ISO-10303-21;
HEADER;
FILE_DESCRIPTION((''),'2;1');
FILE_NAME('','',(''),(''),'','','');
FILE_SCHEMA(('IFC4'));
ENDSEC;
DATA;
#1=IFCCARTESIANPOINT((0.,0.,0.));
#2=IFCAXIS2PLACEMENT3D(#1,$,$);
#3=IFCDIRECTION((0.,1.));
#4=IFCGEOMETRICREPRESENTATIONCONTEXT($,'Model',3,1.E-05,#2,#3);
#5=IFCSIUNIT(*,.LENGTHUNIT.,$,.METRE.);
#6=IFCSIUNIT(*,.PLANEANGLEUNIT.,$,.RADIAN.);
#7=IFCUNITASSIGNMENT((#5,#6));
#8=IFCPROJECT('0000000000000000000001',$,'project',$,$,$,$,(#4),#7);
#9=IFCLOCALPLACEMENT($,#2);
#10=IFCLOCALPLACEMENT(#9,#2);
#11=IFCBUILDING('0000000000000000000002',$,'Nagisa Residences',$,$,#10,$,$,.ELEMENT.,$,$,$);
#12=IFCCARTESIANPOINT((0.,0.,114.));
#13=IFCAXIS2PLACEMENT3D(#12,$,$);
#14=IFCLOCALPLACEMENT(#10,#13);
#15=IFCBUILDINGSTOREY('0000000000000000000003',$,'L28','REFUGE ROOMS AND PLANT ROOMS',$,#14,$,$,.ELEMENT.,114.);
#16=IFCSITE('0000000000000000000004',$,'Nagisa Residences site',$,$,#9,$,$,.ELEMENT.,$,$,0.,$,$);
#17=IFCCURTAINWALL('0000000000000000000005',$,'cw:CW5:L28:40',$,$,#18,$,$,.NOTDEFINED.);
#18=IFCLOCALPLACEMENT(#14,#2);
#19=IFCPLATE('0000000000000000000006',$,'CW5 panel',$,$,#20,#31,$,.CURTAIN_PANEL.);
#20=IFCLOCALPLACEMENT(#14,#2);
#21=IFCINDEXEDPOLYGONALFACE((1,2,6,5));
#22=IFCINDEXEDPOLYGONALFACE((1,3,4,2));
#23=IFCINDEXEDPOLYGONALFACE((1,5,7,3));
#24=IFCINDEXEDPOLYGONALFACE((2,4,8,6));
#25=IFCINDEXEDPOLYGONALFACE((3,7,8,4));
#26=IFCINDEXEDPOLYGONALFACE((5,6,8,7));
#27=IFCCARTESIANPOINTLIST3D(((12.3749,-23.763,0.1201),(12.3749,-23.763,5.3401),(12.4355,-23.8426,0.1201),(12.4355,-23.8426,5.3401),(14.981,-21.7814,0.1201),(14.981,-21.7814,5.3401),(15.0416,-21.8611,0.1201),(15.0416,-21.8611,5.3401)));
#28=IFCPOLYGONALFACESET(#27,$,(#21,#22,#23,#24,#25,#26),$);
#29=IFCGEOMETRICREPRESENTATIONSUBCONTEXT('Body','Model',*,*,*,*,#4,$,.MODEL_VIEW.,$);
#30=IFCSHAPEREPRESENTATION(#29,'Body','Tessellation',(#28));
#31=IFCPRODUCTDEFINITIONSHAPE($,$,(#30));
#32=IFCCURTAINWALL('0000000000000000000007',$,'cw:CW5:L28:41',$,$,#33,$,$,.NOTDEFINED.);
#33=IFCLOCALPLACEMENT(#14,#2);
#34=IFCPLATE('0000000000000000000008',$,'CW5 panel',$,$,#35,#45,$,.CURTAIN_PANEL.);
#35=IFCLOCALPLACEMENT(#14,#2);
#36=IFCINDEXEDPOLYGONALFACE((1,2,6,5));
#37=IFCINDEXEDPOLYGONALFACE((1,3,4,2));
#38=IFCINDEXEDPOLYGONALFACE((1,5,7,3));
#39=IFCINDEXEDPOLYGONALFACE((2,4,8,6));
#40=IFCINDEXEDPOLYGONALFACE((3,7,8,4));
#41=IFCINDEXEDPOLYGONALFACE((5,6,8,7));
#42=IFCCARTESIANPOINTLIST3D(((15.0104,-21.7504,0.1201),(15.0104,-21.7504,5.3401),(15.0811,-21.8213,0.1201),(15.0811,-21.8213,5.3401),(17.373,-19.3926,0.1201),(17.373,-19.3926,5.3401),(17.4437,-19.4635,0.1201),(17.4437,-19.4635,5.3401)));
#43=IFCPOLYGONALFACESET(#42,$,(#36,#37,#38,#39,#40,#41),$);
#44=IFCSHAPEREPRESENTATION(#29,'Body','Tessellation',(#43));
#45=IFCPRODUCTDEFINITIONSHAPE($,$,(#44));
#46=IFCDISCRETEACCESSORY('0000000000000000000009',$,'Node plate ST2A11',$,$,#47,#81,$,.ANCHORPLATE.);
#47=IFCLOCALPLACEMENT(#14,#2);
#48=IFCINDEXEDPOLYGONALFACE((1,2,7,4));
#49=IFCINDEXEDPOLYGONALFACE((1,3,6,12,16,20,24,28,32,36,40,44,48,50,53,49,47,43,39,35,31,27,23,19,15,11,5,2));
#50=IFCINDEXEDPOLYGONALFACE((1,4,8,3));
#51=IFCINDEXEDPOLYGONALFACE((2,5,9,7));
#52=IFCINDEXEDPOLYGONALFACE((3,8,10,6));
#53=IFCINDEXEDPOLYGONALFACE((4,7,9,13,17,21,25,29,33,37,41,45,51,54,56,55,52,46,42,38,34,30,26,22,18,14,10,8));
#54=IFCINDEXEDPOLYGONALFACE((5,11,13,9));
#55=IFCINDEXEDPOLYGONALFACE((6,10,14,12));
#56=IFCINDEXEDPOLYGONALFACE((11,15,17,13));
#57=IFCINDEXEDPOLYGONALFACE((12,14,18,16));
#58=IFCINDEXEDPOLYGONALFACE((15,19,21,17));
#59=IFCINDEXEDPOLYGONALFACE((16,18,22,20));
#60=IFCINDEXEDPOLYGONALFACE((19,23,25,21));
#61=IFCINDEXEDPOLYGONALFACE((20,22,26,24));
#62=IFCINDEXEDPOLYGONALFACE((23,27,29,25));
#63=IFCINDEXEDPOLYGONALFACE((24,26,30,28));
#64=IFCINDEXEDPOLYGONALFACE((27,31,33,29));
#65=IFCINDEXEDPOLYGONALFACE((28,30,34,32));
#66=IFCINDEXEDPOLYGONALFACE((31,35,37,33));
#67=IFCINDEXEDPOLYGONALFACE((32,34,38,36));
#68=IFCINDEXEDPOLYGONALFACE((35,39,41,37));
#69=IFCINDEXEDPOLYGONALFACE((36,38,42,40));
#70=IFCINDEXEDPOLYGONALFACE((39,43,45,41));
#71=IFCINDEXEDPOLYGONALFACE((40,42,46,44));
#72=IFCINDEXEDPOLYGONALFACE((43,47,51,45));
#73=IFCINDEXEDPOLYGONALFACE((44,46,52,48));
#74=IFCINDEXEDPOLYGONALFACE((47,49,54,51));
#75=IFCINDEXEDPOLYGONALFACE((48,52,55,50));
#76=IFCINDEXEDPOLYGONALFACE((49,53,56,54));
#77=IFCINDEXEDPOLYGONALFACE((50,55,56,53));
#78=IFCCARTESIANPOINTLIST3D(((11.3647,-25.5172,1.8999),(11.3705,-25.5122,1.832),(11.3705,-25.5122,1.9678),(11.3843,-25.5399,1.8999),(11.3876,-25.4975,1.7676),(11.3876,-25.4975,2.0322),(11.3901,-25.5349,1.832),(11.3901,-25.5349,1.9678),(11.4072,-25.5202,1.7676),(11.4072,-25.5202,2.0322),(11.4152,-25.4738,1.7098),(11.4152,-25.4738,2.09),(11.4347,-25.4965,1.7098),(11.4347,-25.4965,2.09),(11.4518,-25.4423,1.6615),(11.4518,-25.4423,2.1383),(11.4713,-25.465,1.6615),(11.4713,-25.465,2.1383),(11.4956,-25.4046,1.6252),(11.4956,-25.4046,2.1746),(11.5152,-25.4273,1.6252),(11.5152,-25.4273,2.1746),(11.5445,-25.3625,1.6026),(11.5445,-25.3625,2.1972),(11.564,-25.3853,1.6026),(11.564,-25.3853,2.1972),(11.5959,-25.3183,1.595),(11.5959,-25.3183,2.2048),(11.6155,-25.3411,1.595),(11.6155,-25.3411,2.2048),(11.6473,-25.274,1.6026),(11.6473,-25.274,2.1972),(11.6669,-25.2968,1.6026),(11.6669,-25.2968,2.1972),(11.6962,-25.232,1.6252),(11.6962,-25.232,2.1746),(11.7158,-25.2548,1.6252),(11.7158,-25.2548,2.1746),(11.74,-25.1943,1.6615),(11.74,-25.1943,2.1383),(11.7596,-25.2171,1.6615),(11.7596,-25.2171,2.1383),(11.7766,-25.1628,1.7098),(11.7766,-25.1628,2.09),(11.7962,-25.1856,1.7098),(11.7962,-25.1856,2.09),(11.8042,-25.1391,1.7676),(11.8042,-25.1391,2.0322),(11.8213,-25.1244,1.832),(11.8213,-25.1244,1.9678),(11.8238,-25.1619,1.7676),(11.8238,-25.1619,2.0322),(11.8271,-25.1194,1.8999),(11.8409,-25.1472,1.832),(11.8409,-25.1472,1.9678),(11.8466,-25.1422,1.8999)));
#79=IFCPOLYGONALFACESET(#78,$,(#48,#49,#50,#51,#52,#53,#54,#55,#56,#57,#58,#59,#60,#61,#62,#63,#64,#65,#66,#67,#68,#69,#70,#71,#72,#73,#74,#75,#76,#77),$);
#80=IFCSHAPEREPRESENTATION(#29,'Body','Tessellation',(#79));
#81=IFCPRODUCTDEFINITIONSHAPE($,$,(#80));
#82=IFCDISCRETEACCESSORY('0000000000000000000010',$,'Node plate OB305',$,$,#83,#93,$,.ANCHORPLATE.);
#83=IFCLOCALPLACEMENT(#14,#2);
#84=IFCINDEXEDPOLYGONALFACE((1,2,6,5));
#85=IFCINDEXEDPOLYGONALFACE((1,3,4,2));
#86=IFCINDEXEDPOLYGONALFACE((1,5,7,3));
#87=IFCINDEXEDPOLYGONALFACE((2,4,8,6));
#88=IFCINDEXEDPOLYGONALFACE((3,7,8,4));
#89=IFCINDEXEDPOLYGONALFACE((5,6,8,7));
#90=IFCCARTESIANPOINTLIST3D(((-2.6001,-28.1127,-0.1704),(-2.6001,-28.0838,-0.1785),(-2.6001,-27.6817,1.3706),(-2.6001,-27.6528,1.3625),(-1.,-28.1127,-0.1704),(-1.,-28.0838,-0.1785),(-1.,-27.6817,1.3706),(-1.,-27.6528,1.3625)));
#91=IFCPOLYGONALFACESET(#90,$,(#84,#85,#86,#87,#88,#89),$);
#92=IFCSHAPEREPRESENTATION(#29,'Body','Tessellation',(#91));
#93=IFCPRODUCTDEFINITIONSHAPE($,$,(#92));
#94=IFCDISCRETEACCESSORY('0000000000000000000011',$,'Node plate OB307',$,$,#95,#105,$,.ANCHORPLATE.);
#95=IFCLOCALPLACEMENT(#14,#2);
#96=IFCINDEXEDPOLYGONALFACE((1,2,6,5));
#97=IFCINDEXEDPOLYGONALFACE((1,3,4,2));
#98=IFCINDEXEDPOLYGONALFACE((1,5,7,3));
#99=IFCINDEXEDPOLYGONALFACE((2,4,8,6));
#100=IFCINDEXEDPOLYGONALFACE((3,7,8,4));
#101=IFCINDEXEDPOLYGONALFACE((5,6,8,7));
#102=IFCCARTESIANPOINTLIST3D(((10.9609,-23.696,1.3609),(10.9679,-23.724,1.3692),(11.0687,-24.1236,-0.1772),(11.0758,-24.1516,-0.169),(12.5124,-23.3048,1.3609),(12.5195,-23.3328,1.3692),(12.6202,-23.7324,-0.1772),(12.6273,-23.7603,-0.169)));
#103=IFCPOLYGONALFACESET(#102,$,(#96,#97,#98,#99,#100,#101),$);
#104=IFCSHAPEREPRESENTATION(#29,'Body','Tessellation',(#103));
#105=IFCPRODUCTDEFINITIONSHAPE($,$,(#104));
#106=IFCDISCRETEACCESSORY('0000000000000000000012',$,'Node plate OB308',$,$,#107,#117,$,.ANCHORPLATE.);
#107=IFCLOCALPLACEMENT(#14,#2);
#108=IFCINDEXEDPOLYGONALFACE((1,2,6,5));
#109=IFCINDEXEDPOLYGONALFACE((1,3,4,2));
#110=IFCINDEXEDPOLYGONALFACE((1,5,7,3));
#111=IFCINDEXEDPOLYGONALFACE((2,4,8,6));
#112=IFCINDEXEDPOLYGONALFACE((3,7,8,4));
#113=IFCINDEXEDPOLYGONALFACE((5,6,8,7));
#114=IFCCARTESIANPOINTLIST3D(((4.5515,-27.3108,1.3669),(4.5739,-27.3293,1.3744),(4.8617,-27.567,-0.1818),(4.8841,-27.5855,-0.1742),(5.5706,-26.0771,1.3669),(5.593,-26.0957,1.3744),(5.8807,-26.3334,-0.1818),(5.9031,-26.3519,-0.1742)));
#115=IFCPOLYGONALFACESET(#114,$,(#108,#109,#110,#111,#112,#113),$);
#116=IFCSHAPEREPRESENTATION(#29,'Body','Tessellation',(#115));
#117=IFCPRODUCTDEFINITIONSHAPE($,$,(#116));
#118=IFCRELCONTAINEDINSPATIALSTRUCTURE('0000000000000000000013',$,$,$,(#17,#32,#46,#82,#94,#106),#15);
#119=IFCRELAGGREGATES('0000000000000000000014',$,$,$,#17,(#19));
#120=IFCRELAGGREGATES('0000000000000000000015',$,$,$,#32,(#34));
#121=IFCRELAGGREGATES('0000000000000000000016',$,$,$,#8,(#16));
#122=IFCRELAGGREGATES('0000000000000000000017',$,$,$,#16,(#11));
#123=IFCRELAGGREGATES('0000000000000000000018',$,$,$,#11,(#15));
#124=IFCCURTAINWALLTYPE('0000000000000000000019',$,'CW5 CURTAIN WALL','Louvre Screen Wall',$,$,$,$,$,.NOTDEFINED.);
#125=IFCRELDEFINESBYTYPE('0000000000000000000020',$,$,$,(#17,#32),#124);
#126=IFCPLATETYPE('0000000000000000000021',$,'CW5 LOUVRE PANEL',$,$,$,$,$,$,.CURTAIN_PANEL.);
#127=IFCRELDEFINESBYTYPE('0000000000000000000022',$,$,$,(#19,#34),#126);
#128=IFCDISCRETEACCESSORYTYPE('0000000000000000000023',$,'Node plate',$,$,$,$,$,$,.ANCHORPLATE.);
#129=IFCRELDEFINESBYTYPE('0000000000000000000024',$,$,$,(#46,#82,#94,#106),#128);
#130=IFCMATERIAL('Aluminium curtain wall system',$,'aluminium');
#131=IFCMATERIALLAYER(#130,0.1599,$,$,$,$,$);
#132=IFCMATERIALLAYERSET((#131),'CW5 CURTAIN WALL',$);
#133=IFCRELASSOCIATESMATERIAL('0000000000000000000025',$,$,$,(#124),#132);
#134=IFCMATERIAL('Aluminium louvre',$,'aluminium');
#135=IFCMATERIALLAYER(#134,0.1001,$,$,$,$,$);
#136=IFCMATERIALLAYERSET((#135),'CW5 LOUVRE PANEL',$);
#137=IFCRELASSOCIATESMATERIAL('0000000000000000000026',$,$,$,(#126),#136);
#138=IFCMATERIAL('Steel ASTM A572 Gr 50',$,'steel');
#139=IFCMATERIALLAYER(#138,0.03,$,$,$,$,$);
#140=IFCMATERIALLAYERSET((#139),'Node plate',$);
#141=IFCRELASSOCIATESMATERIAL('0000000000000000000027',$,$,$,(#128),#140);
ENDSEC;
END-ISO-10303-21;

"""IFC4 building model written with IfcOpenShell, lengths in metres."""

from ifc_helpers import new_model, si_unit, direction, frame, origin, origin_2d, place, context, subcontext, project, spatial, rectangle, circle, extrude, material, layer, layer_set, type_object, element, aggregate, save


model = new_model("IFC4")

# Units and contexts
model_context = context("Model", 3, precision=1e-05, world=origin(), true_north=direction((0.0, 1.0)))
body_context = subcontext(model_context, "Body", "Model", "MODEL_VIEW")
ifc_project = project(units=[si_unit("LENGTHUNIT", "METRE"), si_unit("PLANEANGLEUNIT", "RADIAN")], contexts=[model_context])

# Site, building, storey
site_placement = place(None, origin())
site = spatial("IfcSite", under=ifc_project, at=site_placement, Name="Nagisa Residences site", CompositionType="ELEMENT", RefElevation=0.0)
building_placement = place(site_placement, origin())
building = spatial("IfcBuilding", under=site, at=building_placement, Name="Nagisa Residences", CompositionType="ELEMENT")
storey_placement = place(building_placement, frame((0.0, 0.0, 114.0)))
storey = spatial("IfcBuildingStorey", under=building, at=storey_placement, Name="L28", Description="REFUGE ROOMS AND PLANT ROOMS", CompositionType="ELEMENT", Elevation=114.0)

# Curtain walls, plates
ifc_material_1 = material(Name="Aluminium curtain wall system", Category="aluminium")
ifc_layer_1 = layer(ifc_material_1, 0.1599)
ifc_layer_set_1 = layer_set([ifc_layer_1], Name="CW5 CURTAIN WALL")
curtain_wall_type = type_object("IfcCurtainWallType", Name="CW5 CURTAIN WALL", Description="Louvre Screen Wall", PredefinedType="NOTDEFINED", material=ifc_layer_set_1)
ifc_material_2 = material(Name="Aluminium louvre", Category="aluminium")
ifc_layer_2 = layer(ifc_material_2, 0.1001)
ifc_layer_set_2 = layer_set([ifc_layer_2], Name="CW5 LOUVRE PANEL")
plate_type = type_object("IfcPlateType", Name="CW5 LOUVRE PANEL", PredefinedType="CURTAIN_PANEL", material=ifc_layer_set_2)
curtain_wall_1_placement = place(storey_placement, origin())
curtain_wall_1 = element("IfcCurtainWall", 1, at=curtain_wall_1_placement, inside=storey, type_object=curtain_wall_type, Name="cw:CW5:L28:40", PredefinedType="NOTDEFINED")
plate_1_placement = place(storey_placement, frame((13.7083, -22.812, 0.1201), z_axis=(0.0, 0.0, 1.0), x_axis=(0.796031, 0.605255, 0.0)))
plate_1 = element("IfcPlate", 2, at=plate_1_placement, type_object=plate_type, Name="CW5 panel", PredefinedType="CURTAIN_PANEL", context=body_context, shape_type="SweptSolid", body=[
    extrude(rectangle(XDim=3.2739, YDim=0.1001, at=origin_2d()), origin(), (0.0, 0.0, 1.0), 5.22),
])
aggregate(curtain_wall_1, [plate_1])
curtain_wall_2_placement = place(storey_placement, origin())
curtain_wall_2 = element("IfcCurtainWall", 3, at=curtain_wall_2_placement, inside=storey, type_object=curtain_wall_type, Name="cw:CW5:L28:41", PredefinedType="NOTDEFINED")
plate_2_placement = place(storey_placement, frame((16.2271, -20.6069, 0.1201), z_axis=(0.0, 0.0, 1.0), x_axis=(0.707836, 0.706377, 0.0)))
plate_2 = element("IfcPlate", 4, at=plate_2_placement, type_object=plate_type, Name="CW5 panel", PredefinedType="CURTAIN_PANEL", context=body_context, shape_type="SweptSolid", body=[
    extrude(rectangle(XDim=3.3379, YDim=0.1001, at=origin_2d()), origin(), (0.0, 0.0, 1.0), 5.22),
])
aggregate(curtain_wall_2, [plate_2])

# Discrete accessories
ifc_material_3 = material(Name="Steel ASTM A572 Gr 50", Category="steel")
ifc_layer_3 = layer(ifc_material_3, 0.03)
ifc_layer_set_3 = layer_set([ifc_layer_3], Name="Node plate")
discrete_accessory_type = type_object("IfcDiscreteAccessoryType", Name="Node plate", PredefinedType="ANCHORPLATE", material=ifc_layer_set_3)
discrete_accessory_placement = place(storey_placement, frame((11.6155, -25.3411, 1.8999), z_axis=(-0.652133, 0.758105, 0.0), x_axis=(-0.758105, -0.652133, 0.0)))
element("IfcDiscreteAccessory", 5, at=discrete_accessory_placement, inside=storey, type_object=discrete_accessory_type, Name="Node plate ST2A11", PredefinedType="ANCHORPLATE", context=body_context, shape_type="SweptSolid", body=[
    extrude(circle(Radius=0.3049, at=origin_2d()), origin(), (0.0, 0.0, 1.0), 0.03),
])
for number, where, z_axis, x_axis, name in (
    (6, (-1.8, -27.8972, 0.6001), (0.0, 0.963049, -0.269327), (-1.0, 0.0, 0.0), "Node plate OB305"),
    (7, (11.7976, -23.7422, 0.6001), (-0.235051, 0.932099, -0.275577), (-0.969644, -0.244519, 0.0), "Node plate OB307"),
    (8, (5.2385, -26.8406, 0.6001), (-0.746194, 0.616421, -0.251435), (-0.636881, -0.770962, 0.0), "Node plate OB308"),
):
    element("IfcDiscreteAccessory", number, at=place(storey_placement, frame(where, z_axis=z_axis, x_axis=x_axis)), inside=storey, type_object=discrete_accessory_type, Name=name, PredefinedType="ANCHORPLATE", context=body_context, shape_type="SweptSolid", body=[
        extrude(rectangle(XDim=1.6001, YDim=1.6001, at=origin_2d()), origin(), (0.0, 0.0, 1.0), 0.03),
    ])

save(model, "model.ifc")
